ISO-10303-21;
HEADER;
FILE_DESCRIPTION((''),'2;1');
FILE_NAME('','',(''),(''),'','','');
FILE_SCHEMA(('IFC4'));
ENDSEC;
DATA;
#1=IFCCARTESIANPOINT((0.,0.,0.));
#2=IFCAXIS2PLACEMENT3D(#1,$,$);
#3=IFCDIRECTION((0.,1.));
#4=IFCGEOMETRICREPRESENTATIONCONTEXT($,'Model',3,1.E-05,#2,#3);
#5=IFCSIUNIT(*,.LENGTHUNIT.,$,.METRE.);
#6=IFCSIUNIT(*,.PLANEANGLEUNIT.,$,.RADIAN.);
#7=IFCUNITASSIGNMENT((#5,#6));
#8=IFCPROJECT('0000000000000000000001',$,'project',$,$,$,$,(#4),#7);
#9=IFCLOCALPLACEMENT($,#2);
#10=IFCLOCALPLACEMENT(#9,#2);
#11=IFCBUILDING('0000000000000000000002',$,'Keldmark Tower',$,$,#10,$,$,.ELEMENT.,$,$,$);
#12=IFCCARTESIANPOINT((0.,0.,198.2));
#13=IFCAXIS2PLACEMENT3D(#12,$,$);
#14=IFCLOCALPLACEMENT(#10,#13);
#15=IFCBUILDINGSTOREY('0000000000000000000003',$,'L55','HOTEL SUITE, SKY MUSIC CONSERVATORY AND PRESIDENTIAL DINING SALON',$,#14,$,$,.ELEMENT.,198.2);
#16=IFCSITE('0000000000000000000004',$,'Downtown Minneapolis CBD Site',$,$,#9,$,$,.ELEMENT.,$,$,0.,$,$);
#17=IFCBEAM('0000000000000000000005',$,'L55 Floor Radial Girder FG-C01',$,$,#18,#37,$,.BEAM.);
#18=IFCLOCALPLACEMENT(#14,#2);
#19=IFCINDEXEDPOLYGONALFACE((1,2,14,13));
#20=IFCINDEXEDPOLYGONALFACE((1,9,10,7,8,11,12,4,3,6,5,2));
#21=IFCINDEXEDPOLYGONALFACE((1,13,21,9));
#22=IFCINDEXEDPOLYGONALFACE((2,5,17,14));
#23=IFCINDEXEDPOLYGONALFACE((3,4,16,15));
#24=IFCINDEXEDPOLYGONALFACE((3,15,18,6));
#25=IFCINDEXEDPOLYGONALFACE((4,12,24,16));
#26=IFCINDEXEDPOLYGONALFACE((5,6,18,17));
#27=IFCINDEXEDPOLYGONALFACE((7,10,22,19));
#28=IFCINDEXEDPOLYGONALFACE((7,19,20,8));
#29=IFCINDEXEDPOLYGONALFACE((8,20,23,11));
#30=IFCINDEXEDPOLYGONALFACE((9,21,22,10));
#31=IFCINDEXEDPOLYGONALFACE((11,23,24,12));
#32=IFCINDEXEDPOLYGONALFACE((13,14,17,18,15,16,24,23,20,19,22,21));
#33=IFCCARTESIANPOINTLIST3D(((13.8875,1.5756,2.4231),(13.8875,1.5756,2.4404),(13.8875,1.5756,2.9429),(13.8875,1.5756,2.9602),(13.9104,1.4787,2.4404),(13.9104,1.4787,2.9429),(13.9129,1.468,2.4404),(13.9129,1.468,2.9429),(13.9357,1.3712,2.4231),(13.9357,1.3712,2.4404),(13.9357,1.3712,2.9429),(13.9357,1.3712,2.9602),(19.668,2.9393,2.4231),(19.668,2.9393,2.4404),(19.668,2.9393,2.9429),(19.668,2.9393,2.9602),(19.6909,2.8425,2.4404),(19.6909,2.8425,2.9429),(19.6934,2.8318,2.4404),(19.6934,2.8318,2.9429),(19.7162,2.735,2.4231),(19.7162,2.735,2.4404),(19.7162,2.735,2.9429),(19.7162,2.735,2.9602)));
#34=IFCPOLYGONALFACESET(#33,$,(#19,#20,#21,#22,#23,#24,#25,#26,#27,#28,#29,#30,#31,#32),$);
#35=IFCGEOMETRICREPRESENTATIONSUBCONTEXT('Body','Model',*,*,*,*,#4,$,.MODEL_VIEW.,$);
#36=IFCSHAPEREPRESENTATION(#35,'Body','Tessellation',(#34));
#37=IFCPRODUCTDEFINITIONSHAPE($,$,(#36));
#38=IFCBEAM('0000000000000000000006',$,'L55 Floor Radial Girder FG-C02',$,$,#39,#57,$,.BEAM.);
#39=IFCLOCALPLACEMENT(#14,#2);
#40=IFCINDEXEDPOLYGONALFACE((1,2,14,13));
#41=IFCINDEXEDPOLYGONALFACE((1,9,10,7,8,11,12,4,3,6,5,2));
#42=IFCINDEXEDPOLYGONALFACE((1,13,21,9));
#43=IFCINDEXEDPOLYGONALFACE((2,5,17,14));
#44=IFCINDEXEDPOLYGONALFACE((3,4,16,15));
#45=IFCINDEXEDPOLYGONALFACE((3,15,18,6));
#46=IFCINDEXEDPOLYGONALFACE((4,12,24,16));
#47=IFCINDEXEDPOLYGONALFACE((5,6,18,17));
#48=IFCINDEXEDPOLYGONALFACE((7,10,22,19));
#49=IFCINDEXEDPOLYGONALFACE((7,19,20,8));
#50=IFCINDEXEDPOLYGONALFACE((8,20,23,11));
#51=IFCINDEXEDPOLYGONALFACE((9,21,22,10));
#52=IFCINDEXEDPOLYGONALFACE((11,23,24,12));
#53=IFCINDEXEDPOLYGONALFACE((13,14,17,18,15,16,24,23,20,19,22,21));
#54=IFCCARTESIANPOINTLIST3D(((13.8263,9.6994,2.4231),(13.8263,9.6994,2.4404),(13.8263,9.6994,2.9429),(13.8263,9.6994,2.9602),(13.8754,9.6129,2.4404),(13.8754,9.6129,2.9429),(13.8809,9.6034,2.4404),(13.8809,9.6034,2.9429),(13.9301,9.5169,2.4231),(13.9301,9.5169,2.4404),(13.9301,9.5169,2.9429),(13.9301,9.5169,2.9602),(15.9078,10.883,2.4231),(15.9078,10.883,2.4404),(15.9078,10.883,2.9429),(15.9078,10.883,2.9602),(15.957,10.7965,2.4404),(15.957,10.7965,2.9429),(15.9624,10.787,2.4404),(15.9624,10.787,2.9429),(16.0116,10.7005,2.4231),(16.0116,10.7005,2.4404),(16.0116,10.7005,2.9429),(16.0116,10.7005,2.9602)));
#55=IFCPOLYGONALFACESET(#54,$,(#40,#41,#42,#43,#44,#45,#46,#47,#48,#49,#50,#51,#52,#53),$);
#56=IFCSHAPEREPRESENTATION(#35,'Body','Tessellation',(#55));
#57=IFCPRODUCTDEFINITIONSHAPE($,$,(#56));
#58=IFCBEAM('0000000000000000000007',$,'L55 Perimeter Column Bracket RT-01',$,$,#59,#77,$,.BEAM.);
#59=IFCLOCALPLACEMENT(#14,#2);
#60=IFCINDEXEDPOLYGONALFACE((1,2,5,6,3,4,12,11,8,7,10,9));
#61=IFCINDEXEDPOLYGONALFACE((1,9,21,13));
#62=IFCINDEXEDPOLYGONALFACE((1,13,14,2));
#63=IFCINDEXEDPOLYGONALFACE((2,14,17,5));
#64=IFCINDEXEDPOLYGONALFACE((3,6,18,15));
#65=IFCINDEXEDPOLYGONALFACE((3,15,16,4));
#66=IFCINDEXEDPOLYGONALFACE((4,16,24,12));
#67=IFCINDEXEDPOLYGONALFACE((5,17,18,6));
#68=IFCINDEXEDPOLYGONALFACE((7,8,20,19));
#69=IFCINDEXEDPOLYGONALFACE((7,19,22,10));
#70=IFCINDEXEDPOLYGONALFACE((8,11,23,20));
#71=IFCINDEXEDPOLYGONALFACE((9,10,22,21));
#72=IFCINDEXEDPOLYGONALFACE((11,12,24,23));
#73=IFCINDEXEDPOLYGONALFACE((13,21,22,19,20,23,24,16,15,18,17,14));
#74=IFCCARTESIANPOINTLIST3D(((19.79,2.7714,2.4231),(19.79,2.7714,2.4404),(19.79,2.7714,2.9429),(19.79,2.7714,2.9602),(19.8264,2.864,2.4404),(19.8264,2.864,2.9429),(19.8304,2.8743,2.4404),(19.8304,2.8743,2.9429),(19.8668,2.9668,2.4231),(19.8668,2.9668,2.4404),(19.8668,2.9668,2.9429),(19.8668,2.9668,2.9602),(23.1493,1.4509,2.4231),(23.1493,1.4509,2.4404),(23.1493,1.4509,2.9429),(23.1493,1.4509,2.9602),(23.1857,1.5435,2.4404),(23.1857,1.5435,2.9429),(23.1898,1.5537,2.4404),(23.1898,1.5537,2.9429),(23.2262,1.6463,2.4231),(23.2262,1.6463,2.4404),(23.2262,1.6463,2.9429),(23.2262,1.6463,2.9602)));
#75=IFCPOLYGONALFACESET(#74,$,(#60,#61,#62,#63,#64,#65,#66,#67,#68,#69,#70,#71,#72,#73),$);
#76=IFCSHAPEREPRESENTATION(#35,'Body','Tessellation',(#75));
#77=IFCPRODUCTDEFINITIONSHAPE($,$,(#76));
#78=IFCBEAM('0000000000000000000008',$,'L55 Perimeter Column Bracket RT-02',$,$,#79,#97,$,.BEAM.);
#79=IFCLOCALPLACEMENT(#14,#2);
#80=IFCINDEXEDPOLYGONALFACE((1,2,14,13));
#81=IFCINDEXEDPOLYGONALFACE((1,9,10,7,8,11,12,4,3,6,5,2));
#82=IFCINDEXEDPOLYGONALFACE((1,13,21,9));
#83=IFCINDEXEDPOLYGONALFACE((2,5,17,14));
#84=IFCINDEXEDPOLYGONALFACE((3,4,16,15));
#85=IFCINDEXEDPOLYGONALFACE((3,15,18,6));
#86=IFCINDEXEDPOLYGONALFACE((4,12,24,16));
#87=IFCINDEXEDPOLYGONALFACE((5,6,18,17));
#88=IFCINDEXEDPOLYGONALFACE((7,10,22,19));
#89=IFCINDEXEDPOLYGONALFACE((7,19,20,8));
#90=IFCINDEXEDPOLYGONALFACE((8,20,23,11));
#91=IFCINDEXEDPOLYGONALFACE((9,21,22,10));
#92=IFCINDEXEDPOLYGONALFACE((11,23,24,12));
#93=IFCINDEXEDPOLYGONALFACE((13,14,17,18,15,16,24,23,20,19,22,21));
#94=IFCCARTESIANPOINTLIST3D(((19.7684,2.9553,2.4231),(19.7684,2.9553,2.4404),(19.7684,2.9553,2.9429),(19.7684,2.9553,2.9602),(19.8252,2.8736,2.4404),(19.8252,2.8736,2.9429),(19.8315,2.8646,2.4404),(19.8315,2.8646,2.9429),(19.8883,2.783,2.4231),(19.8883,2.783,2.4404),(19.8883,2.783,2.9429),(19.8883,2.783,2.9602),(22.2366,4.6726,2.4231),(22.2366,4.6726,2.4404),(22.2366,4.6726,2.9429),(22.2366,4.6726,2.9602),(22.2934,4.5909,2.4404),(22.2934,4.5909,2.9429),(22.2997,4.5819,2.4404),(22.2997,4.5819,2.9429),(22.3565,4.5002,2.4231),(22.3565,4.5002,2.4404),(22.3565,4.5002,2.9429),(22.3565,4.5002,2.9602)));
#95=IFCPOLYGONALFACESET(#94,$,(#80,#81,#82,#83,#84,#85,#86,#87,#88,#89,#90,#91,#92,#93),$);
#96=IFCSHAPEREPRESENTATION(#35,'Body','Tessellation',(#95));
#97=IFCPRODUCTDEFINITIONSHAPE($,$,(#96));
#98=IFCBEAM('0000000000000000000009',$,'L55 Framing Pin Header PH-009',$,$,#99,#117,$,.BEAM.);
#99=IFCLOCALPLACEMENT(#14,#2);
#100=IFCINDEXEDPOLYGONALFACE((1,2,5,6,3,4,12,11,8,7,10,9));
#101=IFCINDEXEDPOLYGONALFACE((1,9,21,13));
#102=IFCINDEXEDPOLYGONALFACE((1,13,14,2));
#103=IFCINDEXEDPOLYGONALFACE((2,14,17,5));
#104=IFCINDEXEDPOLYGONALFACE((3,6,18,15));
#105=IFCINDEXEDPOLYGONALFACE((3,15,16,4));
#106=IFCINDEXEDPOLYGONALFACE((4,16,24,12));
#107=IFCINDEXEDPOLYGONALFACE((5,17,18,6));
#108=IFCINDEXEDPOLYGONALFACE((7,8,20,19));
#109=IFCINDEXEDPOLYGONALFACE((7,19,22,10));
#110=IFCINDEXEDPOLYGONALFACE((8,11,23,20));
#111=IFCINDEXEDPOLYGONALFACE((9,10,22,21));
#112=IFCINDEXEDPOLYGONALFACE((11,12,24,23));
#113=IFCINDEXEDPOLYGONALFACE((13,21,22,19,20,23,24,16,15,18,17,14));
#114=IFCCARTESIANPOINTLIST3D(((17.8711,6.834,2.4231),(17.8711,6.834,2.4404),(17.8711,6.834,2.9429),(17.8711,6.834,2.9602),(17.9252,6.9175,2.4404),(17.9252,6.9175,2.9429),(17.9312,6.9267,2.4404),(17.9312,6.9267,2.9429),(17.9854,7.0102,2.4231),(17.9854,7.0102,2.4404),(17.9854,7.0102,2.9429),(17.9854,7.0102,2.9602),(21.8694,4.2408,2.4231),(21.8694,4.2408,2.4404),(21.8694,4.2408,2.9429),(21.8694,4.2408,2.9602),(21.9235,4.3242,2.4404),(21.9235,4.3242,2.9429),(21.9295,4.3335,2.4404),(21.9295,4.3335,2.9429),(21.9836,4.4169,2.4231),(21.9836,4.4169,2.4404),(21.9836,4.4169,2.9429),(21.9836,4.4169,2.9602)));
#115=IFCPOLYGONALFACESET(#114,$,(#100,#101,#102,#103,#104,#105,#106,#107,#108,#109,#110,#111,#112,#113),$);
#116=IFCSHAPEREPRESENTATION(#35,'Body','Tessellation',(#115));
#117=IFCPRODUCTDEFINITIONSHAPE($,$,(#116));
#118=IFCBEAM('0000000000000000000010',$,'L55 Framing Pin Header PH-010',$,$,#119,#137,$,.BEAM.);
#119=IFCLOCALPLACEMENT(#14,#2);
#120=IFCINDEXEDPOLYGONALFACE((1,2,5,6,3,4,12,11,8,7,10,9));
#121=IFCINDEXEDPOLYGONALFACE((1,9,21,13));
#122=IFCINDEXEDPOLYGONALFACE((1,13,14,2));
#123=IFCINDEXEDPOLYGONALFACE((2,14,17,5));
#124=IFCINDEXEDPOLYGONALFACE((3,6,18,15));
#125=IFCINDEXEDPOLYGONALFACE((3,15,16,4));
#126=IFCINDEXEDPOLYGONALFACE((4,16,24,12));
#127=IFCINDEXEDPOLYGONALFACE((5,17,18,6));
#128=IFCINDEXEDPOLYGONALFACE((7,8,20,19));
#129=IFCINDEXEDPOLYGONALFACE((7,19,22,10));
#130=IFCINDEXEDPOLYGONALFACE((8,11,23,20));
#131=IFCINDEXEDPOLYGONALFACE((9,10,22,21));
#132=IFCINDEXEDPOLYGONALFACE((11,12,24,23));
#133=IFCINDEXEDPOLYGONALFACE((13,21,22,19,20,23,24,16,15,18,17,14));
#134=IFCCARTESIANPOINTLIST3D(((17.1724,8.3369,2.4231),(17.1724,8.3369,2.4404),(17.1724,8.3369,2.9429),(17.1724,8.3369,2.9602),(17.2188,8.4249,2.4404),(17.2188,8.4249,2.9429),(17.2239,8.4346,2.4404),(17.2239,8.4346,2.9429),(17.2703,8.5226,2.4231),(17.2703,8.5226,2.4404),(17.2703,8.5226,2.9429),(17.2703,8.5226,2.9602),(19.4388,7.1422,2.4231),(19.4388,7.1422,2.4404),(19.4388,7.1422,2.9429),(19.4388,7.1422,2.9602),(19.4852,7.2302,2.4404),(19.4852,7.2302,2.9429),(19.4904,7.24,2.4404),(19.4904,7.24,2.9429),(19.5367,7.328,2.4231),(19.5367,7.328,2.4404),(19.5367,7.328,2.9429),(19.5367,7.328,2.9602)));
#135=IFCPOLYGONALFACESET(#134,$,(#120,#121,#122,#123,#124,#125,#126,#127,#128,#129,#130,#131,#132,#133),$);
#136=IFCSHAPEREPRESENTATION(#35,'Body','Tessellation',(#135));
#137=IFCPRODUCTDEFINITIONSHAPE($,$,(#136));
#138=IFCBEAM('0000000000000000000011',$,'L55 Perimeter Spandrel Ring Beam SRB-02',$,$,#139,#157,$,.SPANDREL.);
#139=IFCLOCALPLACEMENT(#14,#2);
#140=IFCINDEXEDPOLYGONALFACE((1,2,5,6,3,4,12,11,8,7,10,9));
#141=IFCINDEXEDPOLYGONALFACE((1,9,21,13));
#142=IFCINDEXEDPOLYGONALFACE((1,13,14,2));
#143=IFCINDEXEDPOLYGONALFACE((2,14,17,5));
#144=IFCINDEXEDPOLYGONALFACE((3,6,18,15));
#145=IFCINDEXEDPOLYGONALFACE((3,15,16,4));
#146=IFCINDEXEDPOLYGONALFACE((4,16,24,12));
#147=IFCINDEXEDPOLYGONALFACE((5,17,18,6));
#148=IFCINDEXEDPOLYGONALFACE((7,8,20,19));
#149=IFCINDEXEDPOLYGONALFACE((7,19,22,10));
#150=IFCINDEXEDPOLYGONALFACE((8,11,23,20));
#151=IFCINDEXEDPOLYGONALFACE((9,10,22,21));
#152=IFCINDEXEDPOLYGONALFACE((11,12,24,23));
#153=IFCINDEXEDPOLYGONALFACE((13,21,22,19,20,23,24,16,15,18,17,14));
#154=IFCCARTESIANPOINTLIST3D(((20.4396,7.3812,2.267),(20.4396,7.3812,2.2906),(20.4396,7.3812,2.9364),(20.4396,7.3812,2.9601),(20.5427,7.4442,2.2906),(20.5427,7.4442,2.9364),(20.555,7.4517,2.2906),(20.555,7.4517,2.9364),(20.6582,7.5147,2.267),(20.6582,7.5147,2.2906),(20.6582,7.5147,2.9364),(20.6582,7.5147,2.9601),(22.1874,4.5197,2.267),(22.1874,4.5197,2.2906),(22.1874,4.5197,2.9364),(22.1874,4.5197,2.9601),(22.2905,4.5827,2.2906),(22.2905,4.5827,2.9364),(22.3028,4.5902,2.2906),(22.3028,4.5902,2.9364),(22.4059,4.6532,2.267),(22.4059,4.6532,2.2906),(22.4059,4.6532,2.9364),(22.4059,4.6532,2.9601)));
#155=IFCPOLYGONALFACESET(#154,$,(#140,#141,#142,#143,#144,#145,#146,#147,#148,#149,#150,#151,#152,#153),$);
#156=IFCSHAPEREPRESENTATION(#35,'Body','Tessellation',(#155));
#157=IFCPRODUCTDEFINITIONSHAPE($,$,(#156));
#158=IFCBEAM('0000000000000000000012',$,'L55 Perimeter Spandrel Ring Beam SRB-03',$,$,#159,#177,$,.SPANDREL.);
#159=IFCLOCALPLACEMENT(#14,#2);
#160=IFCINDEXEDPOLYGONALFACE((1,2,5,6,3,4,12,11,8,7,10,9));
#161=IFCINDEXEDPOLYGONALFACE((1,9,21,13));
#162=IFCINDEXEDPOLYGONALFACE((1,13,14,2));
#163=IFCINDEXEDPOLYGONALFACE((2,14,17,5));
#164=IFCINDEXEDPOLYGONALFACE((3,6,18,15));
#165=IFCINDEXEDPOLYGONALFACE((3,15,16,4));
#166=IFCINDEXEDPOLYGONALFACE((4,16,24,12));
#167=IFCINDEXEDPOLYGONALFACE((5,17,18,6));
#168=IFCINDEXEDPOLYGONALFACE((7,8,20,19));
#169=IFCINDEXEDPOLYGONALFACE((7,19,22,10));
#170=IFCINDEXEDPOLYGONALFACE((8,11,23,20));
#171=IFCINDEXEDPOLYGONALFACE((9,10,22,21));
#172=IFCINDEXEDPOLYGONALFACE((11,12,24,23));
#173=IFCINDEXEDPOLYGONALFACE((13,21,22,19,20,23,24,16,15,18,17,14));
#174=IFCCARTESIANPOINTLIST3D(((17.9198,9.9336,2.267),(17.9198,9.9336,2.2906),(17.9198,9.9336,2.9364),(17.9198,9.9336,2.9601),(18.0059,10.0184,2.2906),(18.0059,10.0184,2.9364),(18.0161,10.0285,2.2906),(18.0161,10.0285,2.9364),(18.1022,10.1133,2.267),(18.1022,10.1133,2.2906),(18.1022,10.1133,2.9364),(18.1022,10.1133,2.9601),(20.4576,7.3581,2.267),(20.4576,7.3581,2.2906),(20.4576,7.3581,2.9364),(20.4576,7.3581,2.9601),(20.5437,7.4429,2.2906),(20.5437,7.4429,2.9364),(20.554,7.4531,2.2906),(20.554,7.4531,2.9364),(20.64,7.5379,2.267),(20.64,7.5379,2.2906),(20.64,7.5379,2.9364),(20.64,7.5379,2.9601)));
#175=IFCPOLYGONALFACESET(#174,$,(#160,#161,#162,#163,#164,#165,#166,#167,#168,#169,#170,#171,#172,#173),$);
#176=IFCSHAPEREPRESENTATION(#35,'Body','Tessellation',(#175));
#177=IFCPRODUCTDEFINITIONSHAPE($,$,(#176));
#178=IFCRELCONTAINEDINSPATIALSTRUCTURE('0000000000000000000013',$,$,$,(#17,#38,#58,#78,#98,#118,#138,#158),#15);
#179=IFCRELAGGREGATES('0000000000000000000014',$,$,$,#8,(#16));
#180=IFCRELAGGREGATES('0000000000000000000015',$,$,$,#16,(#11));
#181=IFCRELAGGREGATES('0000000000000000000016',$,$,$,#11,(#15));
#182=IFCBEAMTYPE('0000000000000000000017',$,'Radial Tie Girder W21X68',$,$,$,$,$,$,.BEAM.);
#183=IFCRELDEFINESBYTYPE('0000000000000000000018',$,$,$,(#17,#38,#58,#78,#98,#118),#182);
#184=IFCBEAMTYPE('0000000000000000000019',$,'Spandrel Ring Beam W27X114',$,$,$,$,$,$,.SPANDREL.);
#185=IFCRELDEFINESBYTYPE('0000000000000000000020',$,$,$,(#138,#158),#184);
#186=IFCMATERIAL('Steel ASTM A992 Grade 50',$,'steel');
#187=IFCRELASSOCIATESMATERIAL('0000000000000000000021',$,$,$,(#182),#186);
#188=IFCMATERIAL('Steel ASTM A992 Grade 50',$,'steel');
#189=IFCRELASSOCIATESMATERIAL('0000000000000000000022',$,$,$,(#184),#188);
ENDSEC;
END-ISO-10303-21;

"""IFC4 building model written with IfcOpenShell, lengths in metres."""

from ifc_helpers import new_model, si_unit, direction, frame, origin, origin_2d, place, context, subcontext, project, spatial, i_section, extrude, material, material_profile, profile_set, type_object, element, save


model = new_model("IFC4")

# Units and contexts
model_context = context("Model", 3, precision=1e-05, world=origin(), true_north=direction((0.0, 1.0)))
body_context = subcontext(model_context, "Body", "Model", "MODEL_VIEW")
ifc_project = project(units=[si_unit("LENGTHUNIT", "METRE"), si_unit("PLANEANGLEUNIT", "RADIAN")], contexts=[model_context])

# Site, building, storey
site_placement = place(None, origin())
site = spatial("IfcSite", under=ifc_project, at=site_placement, Name="Downtown Minneapolis CBD Site", CompositionType="ELEMENT", RefElevation=0.0)
building_placement = place(site_placement, origin())
building = spatial("IfcBuilding", under=site, at=building_placement, Name="Keldmark Tower", CompositionType="ELEMENT")
storey_placement = place(building_placement, frame((0.0, 0.0, 198.2)))
storey = spatial("IfcBuildingStorey", under=building, at=storey_placement, Name="L55", Description="HOTEL SUITE, SKY MUSIC CONSERVATORY AND PRESIDENTIAL DINING SALON", CompositionType="ELEMENT", Elevation=198.2)

# Beams
ifc_material_1 = material(Name="Steel ASTM A992 Grade 50", Category="steel")
ifc_material_profile_1 = material_profile(ifc_material_1, i_section(OverallWidth=0.21, OverallDepth=0.5371, WebThickness=0.011, FlangeThickness=0.0173, at=origin_2d()), Name="W21X68")
ifc_profile_set_1 = profile_set([ifc_material_profile_1], Name="Steel ASTM A992 Grade 50")
beam_type_1 = type_object("IfcBeamType", Name="Radial Tie Girder W21X68", PredefinedType="BEAM", material=ifc_profile_set_1)
beam_1_placement = place(storey_placement, frame((19.6921, 2.8372, 2.6917), z_axis=(-0.97328, -0.229621, 0.0), x_axis=(0.229621, -0.97328, 0.0)))
element("IfcBeam", 1, at=beam_1_placement, inside=storey, type_object=beam_type_1, Name="L55 Floor Radial Girder FG-C01", PredefinedType="BEAM", context=body_context, shape_type="SweptSolid", body=[
    extrude(i_section(OverallWidth=0.21, OverallDepth=0.5371, WebThickness=0.011, FlangeThickness=0.0173, at=origin_2d()), origin(), (0.0, 0.0, 1.0), 5.9392),
])
beam_2_placement = place(storey_placement, frame((15.9597, 10.7917, 2.6917), z_axis=(-0.869295, -0.494293, 0.0), x_axis=(0.494293, -0.869295, 0.0)))
element("IfcBeam", 2, at=beam_2_placement, inside=storey, type_object=beam_type_1, Name="L55 Floor Radial Girder FG-C02", PredefinedType="BEAM", context=body_context, shape_type="SweptSolid", body=[
    extrude(i_section(OverallWidth=0.21, OverallDepth=0.5371, WebThickness=0.011, FlangeThickness=0.0173, at=origin_2d()), origin(), (0.0, 0.0, 1.0), 2.3945),
])
beam_3_placement = place(storey_placement, frame((19.8284, 2.8691, 2.6917), z_axis=(0.930676, -0.365845, 0.0), x_axis=(0.365845, 0.930676, 0.0)))
element("IfcBeam", 3, at=beam_3_placement, inside=storey, type_object=beam_type_1, Name="L55 Perimeter Column Bracket RT-01", PredefinedType="BEAM", context=body_context, shape_type="SweptSolid", body=[
    extrude(i_section(OverallWidth=0.21, OverallDepth=0.5371, WebThickness=0.011, FlangeThickness=0.0173, at=origin_2d()), origin(), (0.0, 0.0, 1.0), 3.6096),
])
beam_4_placement = place(storey_placement, frame((19.8284, 2.8691, 2.6917), z_axis=(0.820869, 0.571117, 0.0), x_axis=(-0.571117, 0.820869, 0.0)))
element("IfcBeam", 4, at=beam_4_placement, inside=storey, type_object=beam_type_1, Name="L55 Perimeter Column Bracket RT-02", PredefinedType="BEAM", context=body_context, shape_type="SweptSolid", body=[
    extrude(i_section(OverallWidth=0.21, OverallDepth=0.5371, WebThickness=0.011, FlangeThickness=0.0173, at=origin_2d()), origin(), (0.0, 0.0, 1.0), 3.0068),
])
beam_5_placement = place(storey_placement, frame((21.9265, 4.3289, 2.6917), z_axis=(-0.838983, 0.544158, 0.0), x_axis=(-0.544158, -0.838983, 0.0)))
element("IfcBeam", 5, at=beam_5_placement, inside=storey, type_object=beam_type_1, Name="L55 Framing Pin Header PH-009", PredefinedType="BEAM", context=body_context, shape_type="SweptSolid", body=[
    extrude(i_section(OverallWidth=0.21, OverallDepth=0.5371, WebThickness=0.011, FlangeThickness=0.0173, at=origin_2d()), origin(), (0.0, 0.0, 1.0), 4.7656),
])
beam_6_placement = place(storey_placement, frame((19.4878, 7.2351, 2.6917), z_axis=(-0.884635, 0.466284, 0.0), x_axis=(-0.466284, -0.884635, 0.0)))
element("IfcBeam", 6, at=beam_6_placement, inside=storey, type_object=beam_type_1, Name="L55 Framing Pin Header PH-010", PredefinedType="BEAM", context=body_context, shape_type="SweptSolid", body=[
    extrude(i_section(OverallWidth=0.21, OverallDepth=0.5371, WebThickness=0.011, FlangeThickness=0.0173, at=origin_2d()), origin(), (0.0, 0.0, 1.0), 2.562),
])
ifc_material_2 = material(Name="Steel ASTM A992 Grade 50", Category="steel")
ifc_material_profile_2 = material_profile(ifc_material_2, i_section(OverallWidth=0.2561, OverallDepth=0.6931, WebThickness=0.0144, FlangeThickness=0.0237, at=origin_2d()), Name="W27X114")
ifc_profile_set_2 = profile_set([ifc_material_profile_2], Name="Steel ASTM A992 Grade 50")
beam_type_2 = type_object("IfcBeamType", Name="Spandrel Ring Beam W27X114", PredefinedType="SPANDREL", material=ifc_profile_set_2)
beam_7_placement = place(storey_placement, frame((22.2966, 4.5864, 2.6135), z_axis=(-0.521247, 0.853406, 0.0), x_axis=(-0.853406, -0.521247, 0.0)))
element("IfcBeam", 7, at=beam_7_placement, inside=storey, type_object=beam_type_2, Name="L55 Perimeter Spandrel Ring Beam SRB-02", PredefinedType="SPANDREL", context=body_context, shape_type="SweptSolid", body=[
    extrude(i_section(OverallWidth=0.2561, OverallDepth=0.6931, WebThickness=0.0144, FlangeThickness=0.0237, at=origin_2d()), origin(), (0.0, 0.0, 1.0), 3.353),
])
beam_8_placement = place(storey_placement, frame((20.5488, 7.448, 2.6135), z_axis=(-0.701888, 0.712287, 0.0), x_axis=(-0.712287, -0.701888, 0.0)))
element("IfcBeam", 8, at=beam_8_placement, inside=storey, type_object=beam_type_2, Name="L55 Perimeter Spandrel Ring Beam SRB-03", PredefinedType="SPANDREL", context=body_context, shape_type="SweptSolid", body=[
    extrude(i_section(OverallWidth=0.2561, OverallDepth=0.6931, WebThickness=0.0144, FlangeThickness=0.0237, at=origin_2d()), origin(), (0.0, 0.0, 1.0), 3.6157),
])

save(model, "model.ifc")
